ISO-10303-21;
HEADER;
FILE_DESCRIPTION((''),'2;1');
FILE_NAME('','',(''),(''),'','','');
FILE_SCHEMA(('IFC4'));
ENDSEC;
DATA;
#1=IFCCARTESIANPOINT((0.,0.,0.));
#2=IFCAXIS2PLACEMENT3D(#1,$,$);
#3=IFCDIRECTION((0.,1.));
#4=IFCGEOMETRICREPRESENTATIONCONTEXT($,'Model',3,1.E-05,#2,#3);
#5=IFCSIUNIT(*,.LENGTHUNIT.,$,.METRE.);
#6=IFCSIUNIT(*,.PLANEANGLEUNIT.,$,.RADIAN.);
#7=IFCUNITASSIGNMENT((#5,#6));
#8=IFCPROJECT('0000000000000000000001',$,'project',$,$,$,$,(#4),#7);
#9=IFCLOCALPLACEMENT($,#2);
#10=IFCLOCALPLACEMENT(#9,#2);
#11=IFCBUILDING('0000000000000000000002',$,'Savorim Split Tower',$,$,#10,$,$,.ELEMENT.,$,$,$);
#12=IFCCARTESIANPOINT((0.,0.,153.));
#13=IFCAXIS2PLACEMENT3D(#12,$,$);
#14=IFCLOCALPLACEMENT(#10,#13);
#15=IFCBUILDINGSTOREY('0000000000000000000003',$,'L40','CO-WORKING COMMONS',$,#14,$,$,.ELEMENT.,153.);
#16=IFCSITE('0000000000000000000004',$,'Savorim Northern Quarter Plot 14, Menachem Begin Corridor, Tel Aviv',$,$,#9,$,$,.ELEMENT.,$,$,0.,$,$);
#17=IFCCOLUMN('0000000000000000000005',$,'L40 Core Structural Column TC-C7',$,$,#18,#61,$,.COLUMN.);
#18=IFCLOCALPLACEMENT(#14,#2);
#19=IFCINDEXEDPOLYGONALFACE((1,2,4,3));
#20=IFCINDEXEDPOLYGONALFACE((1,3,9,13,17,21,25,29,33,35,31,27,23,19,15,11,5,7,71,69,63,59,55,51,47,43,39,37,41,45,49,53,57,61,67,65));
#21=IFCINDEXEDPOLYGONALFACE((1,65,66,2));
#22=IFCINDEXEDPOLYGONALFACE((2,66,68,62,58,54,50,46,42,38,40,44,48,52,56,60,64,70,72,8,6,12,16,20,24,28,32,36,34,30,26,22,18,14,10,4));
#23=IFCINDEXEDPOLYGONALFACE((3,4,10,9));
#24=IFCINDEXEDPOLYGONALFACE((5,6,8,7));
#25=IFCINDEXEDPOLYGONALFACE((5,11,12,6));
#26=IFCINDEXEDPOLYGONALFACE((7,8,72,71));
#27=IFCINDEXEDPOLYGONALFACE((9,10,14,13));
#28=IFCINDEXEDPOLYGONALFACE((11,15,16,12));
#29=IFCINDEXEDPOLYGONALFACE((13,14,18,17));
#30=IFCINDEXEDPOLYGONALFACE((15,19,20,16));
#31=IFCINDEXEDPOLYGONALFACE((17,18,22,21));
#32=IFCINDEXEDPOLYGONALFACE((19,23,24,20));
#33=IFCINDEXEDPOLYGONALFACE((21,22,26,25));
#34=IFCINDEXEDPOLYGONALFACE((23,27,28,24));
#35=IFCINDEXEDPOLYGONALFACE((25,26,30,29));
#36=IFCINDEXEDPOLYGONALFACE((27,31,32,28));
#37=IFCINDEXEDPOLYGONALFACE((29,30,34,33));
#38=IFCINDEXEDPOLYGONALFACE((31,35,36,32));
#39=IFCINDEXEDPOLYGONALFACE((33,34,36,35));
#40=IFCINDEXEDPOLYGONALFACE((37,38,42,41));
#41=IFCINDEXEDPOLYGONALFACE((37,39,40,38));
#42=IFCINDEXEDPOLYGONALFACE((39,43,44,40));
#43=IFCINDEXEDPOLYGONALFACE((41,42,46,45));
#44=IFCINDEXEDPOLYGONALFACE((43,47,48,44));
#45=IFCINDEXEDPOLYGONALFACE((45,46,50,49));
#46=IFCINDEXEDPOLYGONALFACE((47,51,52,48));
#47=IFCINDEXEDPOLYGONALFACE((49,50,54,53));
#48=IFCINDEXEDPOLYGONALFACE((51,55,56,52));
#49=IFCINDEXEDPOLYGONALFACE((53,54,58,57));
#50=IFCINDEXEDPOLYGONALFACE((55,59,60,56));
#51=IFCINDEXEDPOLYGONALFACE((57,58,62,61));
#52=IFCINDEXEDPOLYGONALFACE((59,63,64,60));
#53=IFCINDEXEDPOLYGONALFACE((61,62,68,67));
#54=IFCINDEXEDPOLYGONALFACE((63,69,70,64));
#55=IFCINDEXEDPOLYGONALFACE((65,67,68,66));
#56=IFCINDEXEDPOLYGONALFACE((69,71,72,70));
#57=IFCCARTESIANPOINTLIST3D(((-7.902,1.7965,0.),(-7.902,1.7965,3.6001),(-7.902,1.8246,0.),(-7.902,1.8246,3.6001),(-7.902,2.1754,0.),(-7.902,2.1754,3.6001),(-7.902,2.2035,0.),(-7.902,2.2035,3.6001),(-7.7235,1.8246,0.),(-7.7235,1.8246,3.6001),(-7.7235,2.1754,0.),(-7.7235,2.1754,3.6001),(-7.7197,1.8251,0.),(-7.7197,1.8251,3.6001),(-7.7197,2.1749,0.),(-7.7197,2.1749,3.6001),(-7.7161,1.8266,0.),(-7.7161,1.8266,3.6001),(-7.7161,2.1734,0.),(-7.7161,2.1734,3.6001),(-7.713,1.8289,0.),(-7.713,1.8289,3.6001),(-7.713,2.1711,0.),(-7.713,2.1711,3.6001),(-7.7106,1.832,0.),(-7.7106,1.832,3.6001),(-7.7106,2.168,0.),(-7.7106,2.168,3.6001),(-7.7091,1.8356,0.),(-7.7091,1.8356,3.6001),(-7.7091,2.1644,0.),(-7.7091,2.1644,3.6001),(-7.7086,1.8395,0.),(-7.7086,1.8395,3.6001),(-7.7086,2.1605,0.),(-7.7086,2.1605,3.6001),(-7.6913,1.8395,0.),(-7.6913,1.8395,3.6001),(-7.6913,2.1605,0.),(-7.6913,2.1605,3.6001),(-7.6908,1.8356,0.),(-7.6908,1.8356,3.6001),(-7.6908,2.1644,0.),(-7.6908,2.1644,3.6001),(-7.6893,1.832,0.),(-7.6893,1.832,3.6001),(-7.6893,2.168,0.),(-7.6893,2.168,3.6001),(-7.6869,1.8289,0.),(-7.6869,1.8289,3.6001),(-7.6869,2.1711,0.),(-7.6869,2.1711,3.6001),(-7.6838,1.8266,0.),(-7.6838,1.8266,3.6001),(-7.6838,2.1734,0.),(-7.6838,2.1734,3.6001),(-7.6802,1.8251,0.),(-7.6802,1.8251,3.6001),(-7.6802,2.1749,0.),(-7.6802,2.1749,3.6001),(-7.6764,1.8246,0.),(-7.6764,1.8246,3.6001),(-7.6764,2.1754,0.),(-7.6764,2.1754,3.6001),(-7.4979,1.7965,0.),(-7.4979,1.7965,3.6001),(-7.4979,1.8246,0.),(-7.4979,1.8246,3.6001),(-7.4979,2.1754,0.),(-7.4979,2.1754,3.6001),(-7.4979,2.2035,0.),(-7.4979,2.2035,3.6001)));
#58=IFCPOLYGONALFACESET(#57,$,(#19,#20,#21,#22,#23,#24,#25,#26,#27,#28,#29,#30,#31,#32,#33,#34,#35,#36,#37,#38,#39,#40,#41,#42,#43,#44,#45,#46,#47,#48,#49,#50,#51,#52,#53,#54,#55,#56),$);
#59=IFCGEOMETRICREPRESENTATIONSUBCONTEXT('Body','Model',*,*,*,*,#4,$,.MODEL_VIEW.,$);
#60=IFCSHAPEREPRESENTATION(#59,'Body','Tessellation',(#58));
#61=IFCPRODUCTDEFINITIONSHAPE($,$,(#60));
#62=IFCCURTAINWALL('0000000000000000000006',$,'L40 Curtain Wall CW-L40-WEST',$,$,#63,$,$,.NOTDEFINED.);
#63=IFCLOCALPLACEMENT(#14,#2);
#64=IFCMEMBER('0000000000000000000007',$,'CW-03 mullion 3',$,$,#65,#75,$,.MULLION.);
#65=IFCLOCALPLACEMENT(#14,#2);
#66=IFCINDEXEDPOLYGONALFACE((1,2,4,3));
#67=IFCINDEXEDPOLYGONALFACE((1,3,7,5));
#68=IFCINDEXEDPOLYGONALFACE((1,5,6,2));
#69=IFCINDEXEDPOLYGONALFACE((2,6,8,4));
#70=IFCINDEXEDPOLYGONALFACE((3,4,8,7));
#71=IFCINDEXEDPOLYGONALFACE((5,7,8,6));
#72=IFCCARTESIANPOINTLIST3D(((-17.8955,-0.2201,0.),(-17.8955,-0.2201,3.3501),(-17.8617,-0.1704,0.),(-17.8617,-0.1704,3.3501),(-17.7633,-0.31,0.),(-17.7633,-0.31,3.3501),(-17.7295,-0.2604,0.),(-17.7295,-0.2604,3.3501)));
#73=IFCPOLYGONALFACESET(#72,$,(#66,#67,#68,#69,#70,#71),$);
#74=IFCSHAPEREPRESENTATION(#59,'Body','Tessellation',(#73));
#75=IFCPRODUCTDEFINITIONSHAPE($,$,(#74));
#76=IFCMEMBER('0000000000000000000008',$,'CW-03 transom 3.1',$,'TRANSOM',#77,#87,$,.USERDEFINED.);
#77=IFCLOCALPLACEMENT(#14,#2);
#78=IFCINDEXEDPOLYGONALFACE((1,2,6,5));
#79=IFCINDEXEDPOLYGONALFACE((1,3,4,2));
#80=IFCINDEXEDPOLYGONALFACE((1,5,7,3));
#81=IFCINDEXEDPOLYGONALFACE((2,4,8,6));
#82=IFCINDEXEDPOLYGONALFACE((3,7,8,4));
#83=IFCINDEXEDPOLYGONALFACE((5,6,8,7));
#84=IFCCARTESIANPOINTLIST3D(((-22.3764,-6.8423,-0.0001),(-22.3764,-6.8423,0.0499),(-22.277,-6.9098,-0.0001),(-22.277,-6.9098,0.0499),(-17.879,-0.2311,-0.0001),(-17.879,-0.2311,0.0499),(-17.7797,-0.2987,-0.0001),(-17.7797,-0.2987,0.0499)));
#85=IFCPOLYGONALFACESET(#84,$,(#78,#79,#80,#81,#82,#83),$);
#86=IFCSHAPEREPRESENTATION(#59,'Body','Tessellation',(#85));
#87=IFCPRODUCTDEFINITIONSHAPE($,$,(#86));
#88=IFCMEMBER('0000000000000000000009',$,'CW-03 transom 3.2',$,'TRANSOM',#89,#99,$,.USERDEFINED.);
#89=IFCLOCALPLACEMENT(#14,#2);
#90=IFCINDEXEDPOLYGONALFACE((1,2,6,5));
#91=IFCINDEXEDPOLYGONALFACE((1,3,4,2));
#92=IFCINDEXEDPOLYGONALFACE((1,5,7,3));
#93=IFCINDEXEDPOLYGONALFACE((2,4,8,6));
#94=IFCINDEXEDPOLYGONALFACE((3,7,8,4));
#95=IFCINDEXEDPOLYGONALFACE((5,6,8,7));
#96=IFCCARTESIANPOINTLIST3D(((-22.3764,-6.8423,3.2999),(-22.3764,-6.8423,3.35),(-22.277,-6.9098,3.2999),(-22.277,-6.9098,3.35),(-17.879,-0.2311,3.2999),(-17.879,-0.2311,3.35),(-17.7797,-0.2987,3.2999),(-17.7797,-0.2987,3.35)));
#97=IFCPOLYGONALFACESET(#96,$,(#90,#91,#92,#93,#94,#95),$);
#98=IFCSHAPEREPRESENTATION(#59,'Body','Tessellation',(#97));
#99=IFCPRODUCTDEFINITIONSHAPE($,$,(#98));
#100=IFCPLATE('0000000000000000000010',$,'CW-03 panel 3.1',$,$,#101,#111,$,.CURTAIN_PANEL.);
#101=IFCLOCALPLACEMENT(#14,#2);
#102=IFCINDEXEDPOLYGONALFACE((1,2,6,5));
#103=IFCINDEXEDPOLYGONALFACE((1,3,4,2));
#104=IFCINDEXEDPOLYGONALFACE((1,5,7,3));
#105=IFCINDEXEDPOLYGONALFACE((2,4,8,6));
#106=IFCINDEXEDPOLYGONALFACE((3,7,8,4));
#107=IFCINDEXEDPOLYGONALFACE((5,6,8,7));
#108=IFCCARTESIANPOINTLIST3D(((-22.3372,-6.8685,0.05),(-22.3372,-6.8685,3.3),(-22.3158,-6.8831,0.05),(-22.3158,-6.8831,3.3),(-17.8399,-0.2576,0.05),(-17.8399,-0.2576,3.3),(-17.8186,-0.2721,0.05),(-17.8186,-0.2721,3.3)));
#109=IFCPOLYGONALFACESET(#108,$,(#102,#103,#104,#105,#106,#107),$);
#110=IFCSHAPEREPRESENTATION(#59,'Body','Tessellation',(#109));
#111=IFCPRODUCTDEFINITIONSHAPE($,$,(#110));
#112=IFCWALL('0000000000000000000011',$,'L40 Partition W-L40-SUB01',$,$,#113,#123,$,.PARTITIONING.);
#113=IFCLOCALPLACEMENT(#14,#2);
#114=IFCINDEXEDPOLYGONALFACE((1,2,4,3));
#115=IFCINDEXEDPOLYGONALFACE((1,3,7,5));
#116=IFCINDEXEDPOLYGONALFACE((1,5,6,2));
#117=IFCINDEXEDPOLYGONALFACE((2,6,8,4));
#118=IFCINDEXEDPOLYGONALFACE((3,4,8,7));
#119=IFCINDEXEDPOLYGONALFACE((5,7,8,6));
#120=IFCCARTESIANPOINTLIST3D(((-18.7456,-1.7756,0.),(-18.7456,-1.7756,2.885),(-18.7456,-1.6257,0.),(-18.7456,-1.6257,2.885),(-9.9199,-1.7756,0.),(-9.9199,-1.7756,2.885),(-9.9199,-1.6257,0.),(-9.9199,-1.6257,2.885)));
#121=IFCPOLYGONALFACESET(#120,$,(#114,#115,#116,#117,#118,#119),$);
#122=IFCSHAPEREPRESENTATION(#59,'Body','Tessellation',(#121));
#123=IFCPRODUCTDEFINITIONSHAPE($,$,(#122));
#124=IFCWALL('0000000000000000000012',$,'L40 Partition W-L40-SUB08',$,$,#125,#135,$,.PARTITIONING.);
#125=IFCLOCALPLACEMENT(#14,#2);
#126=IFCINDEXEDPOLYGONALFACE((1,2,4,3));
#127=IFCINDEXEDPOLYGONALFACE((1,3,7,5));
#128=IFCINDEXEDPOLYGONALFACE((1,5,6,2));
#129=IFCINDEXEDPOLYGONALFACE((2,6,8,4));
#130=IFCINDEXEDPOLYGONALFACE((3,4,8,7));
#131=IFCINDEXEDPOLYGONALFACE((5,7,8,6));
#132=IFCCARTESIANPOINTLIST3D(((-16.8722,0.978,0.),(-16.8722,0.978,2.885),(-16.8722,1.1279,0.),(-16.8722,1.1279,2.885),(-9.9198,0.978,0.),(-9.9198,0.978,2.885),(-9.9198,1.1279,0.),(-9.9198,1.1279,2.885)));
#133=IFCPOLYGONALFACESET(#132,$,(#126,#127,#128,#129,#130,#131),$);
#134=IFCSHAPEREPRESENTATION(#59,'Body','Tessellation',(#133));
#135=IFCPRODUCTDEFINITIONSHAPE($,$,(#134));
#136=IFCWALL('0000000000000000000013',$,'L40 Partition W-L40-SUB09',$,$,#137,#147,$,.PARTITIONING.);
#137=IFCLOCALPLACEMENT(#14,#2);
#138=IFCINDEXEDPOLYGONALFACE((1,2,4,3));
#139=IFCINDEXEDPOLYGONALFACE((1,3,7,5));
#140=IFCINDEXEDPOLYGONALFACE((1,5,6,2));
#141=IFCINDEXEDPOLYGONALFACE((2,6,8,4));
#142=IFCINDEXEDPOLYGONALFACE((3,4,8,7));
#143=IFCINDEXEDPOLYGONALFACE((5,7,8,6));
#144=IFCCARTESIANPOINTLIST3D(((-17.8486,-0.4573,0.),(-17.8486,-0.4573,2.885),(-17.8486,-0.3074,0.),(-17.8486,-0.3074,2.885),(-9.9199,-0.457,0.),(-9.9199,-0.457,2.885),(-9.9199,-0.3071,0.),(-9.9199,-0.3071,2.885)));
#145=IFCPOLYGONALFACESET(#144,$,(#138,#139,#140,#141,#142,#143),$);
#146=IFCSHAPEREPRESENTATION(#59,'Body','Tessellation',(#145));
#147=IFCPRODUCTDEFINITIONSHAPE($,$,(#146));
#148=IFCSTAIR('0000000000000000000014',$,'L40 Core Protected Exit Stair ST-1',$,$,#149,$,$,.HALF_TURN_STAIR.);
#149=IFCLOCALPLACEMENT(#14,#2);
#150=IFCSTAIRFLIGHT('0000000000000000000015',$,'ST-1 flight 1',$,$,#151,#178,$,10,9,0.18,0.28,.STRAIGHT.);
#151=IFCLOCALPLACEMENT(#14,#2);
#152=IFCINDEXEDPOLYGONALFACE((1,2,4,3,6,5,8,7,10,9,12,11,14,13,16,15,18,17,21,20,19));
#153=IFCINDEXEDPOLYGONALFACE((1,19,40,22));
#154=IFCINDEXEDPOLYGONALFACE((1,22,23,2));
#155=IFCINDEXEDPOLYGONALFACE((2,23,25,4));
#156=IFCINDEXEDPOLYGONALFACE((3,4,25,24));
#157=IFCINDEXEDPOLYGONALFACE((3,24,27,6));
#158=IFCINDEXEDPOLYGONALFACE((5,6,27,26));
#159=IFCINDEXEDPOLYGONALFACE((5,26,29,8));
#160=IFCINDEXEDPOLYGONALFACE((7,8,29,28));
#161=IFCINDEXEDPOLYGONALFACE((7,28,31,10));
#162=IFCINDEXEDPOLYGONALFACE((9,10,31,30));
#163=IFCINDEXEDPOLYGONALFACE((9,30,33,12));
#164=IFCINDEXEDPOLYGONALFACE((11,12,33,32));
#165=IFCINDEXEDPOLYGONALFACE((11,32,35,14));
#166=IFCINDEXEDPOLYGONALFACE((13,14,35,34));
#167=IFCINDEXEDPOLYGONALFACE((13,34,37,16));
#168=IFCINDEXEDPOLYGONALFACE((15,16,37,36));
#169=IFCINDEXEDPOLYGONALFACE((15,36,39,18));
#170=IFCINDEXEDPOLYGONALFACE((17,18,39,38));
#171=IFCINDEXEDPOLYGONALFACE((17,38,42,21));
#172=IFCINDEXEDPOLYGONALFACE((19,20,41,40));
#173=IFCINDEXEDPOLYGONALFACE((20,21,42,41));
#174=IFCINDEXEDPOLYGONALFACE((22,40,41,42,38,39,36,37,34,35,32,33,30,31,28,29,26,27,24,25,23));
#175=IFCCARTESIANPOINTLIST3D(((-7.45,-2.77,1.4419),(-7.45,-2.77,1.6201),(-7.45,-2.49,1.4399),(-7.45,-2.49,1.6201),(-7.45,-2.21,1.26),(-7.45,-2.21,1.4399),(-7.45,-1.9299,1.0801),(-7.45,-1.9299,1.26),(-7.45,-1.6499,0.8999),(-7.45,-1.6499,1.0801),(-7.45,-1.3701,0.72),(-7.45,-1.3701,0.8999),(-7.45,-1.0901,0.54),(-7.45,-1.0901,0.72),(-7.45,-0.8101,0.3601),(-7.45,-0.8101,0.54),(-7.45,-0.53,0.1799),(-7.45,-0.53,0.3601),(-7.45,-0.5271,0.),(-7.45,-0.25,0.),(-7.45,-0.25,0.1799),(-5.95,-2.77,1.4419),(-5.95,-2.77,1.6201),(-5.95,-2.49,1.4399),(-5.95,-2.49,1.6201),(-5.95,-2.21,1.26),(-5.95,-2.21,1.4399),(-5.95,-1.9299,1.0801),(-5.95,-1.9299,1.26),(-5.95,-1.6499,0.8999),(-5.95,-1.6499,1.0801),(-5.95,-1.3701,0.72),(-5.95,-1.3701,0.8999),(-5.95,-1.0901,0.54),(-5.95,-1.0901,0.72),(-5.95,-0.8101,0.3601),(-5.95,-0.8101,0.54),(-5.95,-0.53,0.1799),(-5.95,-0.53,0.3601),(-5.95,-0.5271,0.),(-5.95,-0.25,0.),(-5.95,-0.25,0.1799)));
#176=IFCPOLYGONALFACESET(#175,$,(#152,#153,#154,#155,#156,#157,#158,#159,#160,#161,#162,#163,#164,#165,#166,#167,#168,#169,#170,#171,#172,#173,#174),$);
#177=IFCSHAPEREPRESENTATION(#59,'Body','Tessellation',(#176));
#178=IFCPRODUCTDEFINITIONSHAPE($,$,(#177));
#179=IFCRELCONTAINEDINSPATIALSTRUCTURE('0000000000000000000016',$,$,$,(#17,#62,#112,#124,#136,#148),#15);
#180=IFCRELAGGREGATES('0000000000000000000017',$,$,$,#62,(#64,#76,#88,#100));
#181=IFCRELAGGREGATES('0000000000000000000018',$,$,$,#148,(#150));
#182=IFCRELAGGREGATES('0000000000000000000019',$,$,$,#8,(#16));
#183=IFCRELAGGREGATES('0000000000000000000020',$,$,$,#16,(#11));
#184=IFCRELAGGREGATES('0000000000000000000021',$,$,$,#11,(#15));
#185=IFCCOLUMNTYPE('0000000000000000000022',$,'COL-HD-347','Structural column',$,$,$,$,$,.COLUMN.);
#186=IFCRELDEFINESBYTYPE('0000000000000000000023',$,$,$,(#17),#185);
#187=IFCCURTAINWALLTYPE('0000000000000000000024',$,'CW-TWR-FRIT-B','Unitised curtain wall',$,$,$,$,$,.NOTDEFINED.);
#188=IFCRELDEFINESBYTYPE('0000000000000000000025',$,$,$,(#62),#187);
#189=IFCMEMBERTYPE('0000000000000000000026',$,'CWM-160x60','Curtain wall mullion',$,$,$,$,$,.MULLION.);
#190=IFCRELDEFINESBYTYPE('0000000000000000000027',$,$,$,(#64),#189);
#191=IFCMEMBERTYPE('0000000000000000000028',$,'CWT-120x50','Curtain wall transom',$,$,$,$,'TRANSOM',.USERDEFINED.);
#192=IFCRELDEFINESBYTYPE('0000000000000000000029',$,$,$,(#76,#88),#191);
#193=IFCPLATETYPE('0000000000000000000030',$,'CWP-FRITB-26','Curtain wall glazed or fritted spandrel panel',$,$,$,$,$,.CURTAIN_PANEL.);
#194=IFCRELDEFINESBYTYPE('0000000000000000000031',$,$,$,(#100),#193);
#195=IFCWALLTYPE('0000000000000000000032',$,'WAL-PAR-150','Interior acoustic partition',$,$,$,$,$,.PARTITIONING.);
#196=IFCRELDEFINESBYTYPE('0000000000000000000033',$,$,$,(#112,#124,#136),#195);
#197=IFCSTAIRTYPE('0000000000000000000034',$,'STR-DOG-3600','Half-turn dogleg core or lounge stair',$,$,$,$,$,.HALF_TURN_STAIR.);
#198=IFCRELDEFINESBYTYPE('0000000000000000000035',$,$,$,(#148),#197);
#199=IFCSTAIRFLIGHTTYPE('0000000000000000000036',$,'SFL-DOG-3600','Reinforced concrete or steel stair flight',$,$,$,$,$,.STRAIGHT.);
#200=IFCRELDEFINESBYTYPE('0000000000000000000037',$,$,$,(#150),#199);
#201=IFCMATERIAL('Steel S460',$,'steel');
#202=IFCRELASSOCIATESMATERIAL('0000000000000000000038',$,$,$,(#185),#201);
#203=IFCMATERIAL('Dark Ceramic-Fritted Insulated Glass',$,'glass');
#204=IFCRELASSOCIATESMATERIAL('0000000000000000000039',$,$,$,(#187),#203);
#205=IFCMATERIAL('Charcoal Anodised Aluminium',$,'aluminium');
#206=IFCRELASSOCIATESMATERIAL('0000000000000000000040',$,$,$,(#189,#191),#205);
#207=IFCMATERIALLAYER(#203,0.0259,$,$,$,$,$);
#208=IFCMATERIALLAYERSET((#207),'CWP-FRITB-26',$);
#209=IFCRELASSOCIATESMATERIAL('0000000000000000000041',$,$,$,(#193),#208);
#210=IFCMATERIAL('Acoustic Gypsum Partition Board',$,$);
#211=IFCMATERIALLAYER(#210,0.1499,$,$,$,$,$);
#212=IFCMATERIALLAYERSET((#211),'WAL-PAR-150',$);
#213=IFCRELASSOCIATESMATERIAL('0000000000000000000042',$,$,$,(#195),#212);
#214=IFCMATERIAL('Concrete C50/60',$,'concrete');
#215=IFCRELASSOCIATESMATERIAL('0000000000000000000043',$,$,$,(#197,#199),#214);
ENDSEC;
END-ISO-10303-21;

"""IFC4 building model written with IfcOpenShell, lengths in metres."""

from ifc_helpers import new_model, si_unit, direction, frame, frame_2d, origin, origin_2d, place, context, subcontext, project, spatial, polyline, rectangle, i_section, outline, extrude, material, layer, layer_set, material_profile, profile_set, type_object, element, aggregate, save


model = new_model("IFC4")

# Units and contexts
model_context = context("Model", 3, precision=1e-05, world=origin(), true_north=direction((0.0, 1.0)))
body_context = subcontext(model_context, "Body", "Model", "MODEL_VIEW")
ifc_project = project(units=[si_unit("LENGTHUNIT", "METRE"), si_unit("PLANEANGLEUNIT", "RADIAN")], contexts=[model_context])

# Site, building, storey
site_placement = place(None, origin())
site = spatial("IfcSite", under=ifc_project, at=site_placement, Name="Savorim Northern Quarter Plot 14, Menachem Begin Corridor, Tel Aviv", CompositionType="ELEMENT", RefElevation=0.0)
building_placement = place(site_placement, origin())
building = spatial("IfcBuilding", under=site, at=building_placement, Name="Savorim Split Tower", CompositionType="ELEMENT")
storey_placement = place(building_placement, frame((0.0, 0.0, 153.0)))
storey = spatial("IfcBuildingStorey", under=building, at=storey_placement, Name="L40", Description="CO-WORKING COMMONS", CompositionType="ELEMENT", Elevation=153.0)

# Column
ifc_material_1 = material(Name="Steel S460", Category="steel")
ifc_material_profile_1 = material_profile(ifc_material_1, i_section(OverallWidth=0.4041, OverallDepth=0.407, WebThickness=0.0173, FlangeThickness=0.0281, FilletRadius=0.0149, at=origin_2d()), Name="HD 400x347")
ifc_profile_set_1 = profile_set([ifc_material_profile_1], Name="Steel S460")
column_type = type_object("IfcColumnType", Name="COL-HD-347", Description="Structural column", PredefinedType="COLUMN", material=ifc_profile_set_1)
column_placement = place(storey_placement, frame((-7.7, 2.0, 0.0), z_axis=(0.0, 0.0, 1.0), x_axis=(1.0, 0.0, 0.0)))
element("IfcColumn", 1, at=column_placement, inside=storey, type_object=column_type, Name="L40 Core Structural Column TC-C7", PredefinedType="COLUMN", context=body_context, shape_type="SweptSolid", body=[
    extrude(i_section(OverallWidth=0.4041, OverallDepth=0.407, WebThickness=0.0173, FlangeThickness=0.0281, FilletRadius=0.0149, at=origin_2d()), origin(), (0.0, 0.0, 1.0), 3.6001),
])

# Curtain wall, members, plate
ifc_material_2 = material(Name="Dark Ceramic-Fritted Insulated Glass", Category="glass")
curtain_wall_type = type_object("IfcCurtainWallType", Name="CW-TWR-FRIT-B", Description="Unitised curtain wall", PredefinedType="NOTDEFINED", material=ifc_material_2)
curtain_wall_placement = place(storey_placement, origin())
curtain_wall = element("IfcCurtainWall", 2, at=curtain_wall_placement, inside=storey, type_object=curtain_wall_type, Name="L40 Curtain Wall CW-L40-WEST", PredefinedType="NOTDEFINED")
ifc_material_3 = material(Name="Charcoal Anodised Aluminium", Category="aluminium")
ifc_material_profile_2 = material_profile(ifc_material_3, rectangle(XDim=0.1599, YDim=0.0601, at=origin_2d()), Name="ALU-M 160x60")
ifc_profile_set_2 = profile_set([ifc_material_profile_2], Name="Charcoal Anodised Aluminium")
member_type_1 = type_object("IfcMemberType", Name="CWM-160x60", Description="Curtain wall mullion", PredefinedType="MULLION", material=ifc_profile_set_2)
member_1_placement = place(storey_placement, frame((-17.8125, -0.2402, 0.0), z_axis=(0.0, 0.0, 1.0), x_axis=(0.82682, -0.562466, 0.0)))
member_1 = element("IfcMember", 3, at=member_1_placement, type_object=member_type_1, Name="CW-03 mullion 3", PredefinedType="MULLION", context=body_context, shape_type="SweptSolid", body=[
    extrude(rectangle(XDim=0.1599, YDim=0.0601, at=origin_2d()), origin(), (0.0, 0.0, 1.0), 3.3501),
])
ifc_material_profile_3 = material_profile(ifc_material_3, rectangle(XDim=0.1201, YDim=0.05, at=origin_2d()), Name="ALU-T 120x50")
ifc_profile_set_3 = profile_set([ifc_material_profile_3], Name="Charcoal Anodised Aluminium")
member_type_2 = type_object("IfcMemberType", Name="CWT-120x50", Description="Curtain wall transom", ElementType="TRANSOM", PredefinedType="USERDEFINED", material=ifc_profile_set_3)
member_2_placement = place(storey_placement, frame((-17.8293, -0.2649, 0.0249), z_axis=(-0.562462, -0.826823, 0.0), x_axis=(0.826823, -0.562462, 0.0)))
member_2 = element("IfcMember", 4, at=member_2_placement, type_object=member_type_2, Name="CW-03 transom 3.1", ObjectType="TRANSOM", PredefinedType="USERDEFINED", context=body_context, shape_type="SweptSolid", body=[
    extrude(rectangle(XDim=0.1201, YDim=0.05, at=origin_2d()), origin(), (0.0, 0.0, 1.0), 7.9958),
])
member_3_placement = place(storey_placement, frame((-17.8293, -0.2649, 3.325), z_axis=(-0.562462, -0.826823, 0.0), x_axis=(0.826823, -0.562462, 0.0)))
member_3 = element("IfcMember", 5, at=member_3_placement, type_object=member_type_2, Name="CW-03 transom 3.2", ObjectType="TRANSOM", PredefinedType="USERDEFINED", context=body_context, shape_type="SweptSolid", body=[
    extrude(rectangle(XDim=0.1201, YDim=0.05, at=origin_2d()), origin(), (0.0, 0.0, 1.0), 7.9958),
])
ifc_layer_1 = layer(ifc_material_2, 0.0259)
ifc_layer_set_1 = layer_set([ifc_layer_1], Name="CWP-FRITB-26")
plate_type = type_object("IfcPlateType", Name="CWP-FRITB-26", Description="Curtain wall glazed or fritted spandrel panel", PredefinedType="CURTAIN_PANEL", material=ifc_layer_set_1)
plate_placement = place(storey_placement, frame((-20.0779, -3.5703, 0.05), z_axis=(0.0, 0.0, 1.0), x_axis=(-0.562466, -0.82682, 0.0)))
plate = element("IfcPlate", 6, at=plate_placement, type_object=plate_type, Name="CW-03 panel 3.1", PredefinedType="CURTAIN_PANEL", context=body_context, shape_type="SweptSolid", body=[
    extrude(rectangle(XDim=7.9956, YDim=0.0259, at=origin_2d()), origin(), (0.0, 0.0, 1.0), 3.25),
])
aggregate(curtain_wall, [member_1, member_2, member_3, plate])

# Shared definitions
ifc_material_4 = material(Name="Concrete C50/60", Category="concrete")

# Walls
ifc_material_5 = material(Name="Acoustic Gypsum Partition Board")
ifc_layer_2 = layer(ifc_material_5, 0.1499)
ifc_layer_set_2 = layer_set([ifc_layer_2], Name="WAL-PAR-150")
wall_type_1 = type_object("IfcWallType", Name="WAL-PAR-150", Description="Interior acoustic partition", PredefinedType="PARTITIONING", material=ifc_layer_set_2)
wall_1_placement = place(storey_placement, frame((-9.9199, -1.7007, 0.0), z_axis=(0.0, 0.0, 1.0), x_axis=(-1.0, 0.0, 0.0)))
element("IfcWall", 7, at=wall_1_placement, inside=storey, type_object=wall_type_1, Name="L40 Partition W-L40-SUB01", PredefinedType="PARTITIONING", context=body_context, shape_type="SweptSolid", body=[
    extrude(rectangle(XDim=8.8257, YDim=0.1499, at=frame_2d((4.4128, 0.0))), origin(), (0.0, 0.0, 1.0), 2.885),
])
wall_2_placement = place(storey_placement, frame((-9.9199, 1.053, 0.0), z_axis=(0.0, 0.0, 1.0), x_axis=(-1.0, 0.0, 0.0)))
element("IfcWall", 8, at=wall_2_placement, inside=storey, type_object=wall_type_1, Name="L40 Partition W-L40-SUB08", PredefinedType="PARTITIONING", context=body_context, shape_type="SweptSolid", body=[
    extrude(rectangle(XDim=6.9524, YDim=0.1499, at=frame_2d((3.4761, 0.0))), origin(), (0.0, 0.0, 1.0), 2.885),
])
wall_3_placement = place(storey_placement, frame((-9.9199, -0.3821, 0.0), z_axis=(0.0, 0.0, 1.0), x_axis=(-1.0, -0.000031, 0.0)))
element("IfcWall", 9, at=wall_3_placement, inside=storey, type_object=wall_type_1, Name="L40 Partition W-L40-SUB09", PredefinedType="PARTITIONING", context=body_context, shape_type="SweptSolid", body=[
    extrude(rectangle(XDim=7.9287, YDim=0.1499, at=frame_2d((3.9644, 0.0))), origin(), (0.0, 0.0, 1.0), 2.885),
])

# Stair, stair flight
stair_type = type_object("IfcStairType", Name="STR-DOG-3600", Description="Half-turn dogleg core or lounge stair", PredefinedType="HALF_TURN_STAIR", material=ifc_material_4)
stair_placement = place(storey_placement, origin())
stair = element("IfcStair", 10, at=stair_placement, inside=storey, type_object=stair_type, Name="L40 Core Protected Exit Stair ST-1", PredefinedType="HALF_TURN_STAIR")
stair_flight_type = type_object("IfcStairFlightType", Name="SFL-DOG-3600", Description="Reinforced concrete or steel stair flight", PredefinedType="STRAIGHT", material=ifc_material_4)
stair_flight_placement = place(storey_placement, frame((-6.7, -0.25, 0.0), z_axis=(0.0, 0.0, 1.0), x_axis=(0.0, -1.0, 0.0)))
stair_flight = element("IfcStairFlight", 11, at=stair_flight_placement, type_object=stair_flight_type, Name="ST-1 flight 1", NumberOfRisers=10, NumberOfTreads=9, PredefinedType="STRAIGHT", RiserHeight=0.18, TreadLength=0.28, context=body_context, shape_type="SweptSolid", body=[
    extrude(outline(polyline([(0.0, 0.0), (0.0, 0.1799), (0.28, 0.1799), (0.28, 0.3601), (0.5601, 0.3601), (0.5601, 0.54), (0.8401, 0.54), (0.8401, 0.72), (1.1201, 0.72), (1.1201, 0.8999), (1.3999, 0.8999), (1.3999, 1.0801), (1.6799, 1.0801), (1.6799, 1.26), (1.96, 1.26), (1.96, 1.4399), (2.24, 1.4399), (2.24, 1.6201), (2.52, 1.6201), (2.52, 1.8), (2.52, 1.4419), (0.2771, 0.0), (0.0, 0.0)])), frame((0.0, 0.75, 0.0), z_axis=(0.0, -1.0, 0.0), x_axis=(1.0, 0.0, 0.0)), (0.0, 0.0, 1.0), 1.5),
])
aggregate(stair, [stair_flight])

save(model, "model.ifc")
